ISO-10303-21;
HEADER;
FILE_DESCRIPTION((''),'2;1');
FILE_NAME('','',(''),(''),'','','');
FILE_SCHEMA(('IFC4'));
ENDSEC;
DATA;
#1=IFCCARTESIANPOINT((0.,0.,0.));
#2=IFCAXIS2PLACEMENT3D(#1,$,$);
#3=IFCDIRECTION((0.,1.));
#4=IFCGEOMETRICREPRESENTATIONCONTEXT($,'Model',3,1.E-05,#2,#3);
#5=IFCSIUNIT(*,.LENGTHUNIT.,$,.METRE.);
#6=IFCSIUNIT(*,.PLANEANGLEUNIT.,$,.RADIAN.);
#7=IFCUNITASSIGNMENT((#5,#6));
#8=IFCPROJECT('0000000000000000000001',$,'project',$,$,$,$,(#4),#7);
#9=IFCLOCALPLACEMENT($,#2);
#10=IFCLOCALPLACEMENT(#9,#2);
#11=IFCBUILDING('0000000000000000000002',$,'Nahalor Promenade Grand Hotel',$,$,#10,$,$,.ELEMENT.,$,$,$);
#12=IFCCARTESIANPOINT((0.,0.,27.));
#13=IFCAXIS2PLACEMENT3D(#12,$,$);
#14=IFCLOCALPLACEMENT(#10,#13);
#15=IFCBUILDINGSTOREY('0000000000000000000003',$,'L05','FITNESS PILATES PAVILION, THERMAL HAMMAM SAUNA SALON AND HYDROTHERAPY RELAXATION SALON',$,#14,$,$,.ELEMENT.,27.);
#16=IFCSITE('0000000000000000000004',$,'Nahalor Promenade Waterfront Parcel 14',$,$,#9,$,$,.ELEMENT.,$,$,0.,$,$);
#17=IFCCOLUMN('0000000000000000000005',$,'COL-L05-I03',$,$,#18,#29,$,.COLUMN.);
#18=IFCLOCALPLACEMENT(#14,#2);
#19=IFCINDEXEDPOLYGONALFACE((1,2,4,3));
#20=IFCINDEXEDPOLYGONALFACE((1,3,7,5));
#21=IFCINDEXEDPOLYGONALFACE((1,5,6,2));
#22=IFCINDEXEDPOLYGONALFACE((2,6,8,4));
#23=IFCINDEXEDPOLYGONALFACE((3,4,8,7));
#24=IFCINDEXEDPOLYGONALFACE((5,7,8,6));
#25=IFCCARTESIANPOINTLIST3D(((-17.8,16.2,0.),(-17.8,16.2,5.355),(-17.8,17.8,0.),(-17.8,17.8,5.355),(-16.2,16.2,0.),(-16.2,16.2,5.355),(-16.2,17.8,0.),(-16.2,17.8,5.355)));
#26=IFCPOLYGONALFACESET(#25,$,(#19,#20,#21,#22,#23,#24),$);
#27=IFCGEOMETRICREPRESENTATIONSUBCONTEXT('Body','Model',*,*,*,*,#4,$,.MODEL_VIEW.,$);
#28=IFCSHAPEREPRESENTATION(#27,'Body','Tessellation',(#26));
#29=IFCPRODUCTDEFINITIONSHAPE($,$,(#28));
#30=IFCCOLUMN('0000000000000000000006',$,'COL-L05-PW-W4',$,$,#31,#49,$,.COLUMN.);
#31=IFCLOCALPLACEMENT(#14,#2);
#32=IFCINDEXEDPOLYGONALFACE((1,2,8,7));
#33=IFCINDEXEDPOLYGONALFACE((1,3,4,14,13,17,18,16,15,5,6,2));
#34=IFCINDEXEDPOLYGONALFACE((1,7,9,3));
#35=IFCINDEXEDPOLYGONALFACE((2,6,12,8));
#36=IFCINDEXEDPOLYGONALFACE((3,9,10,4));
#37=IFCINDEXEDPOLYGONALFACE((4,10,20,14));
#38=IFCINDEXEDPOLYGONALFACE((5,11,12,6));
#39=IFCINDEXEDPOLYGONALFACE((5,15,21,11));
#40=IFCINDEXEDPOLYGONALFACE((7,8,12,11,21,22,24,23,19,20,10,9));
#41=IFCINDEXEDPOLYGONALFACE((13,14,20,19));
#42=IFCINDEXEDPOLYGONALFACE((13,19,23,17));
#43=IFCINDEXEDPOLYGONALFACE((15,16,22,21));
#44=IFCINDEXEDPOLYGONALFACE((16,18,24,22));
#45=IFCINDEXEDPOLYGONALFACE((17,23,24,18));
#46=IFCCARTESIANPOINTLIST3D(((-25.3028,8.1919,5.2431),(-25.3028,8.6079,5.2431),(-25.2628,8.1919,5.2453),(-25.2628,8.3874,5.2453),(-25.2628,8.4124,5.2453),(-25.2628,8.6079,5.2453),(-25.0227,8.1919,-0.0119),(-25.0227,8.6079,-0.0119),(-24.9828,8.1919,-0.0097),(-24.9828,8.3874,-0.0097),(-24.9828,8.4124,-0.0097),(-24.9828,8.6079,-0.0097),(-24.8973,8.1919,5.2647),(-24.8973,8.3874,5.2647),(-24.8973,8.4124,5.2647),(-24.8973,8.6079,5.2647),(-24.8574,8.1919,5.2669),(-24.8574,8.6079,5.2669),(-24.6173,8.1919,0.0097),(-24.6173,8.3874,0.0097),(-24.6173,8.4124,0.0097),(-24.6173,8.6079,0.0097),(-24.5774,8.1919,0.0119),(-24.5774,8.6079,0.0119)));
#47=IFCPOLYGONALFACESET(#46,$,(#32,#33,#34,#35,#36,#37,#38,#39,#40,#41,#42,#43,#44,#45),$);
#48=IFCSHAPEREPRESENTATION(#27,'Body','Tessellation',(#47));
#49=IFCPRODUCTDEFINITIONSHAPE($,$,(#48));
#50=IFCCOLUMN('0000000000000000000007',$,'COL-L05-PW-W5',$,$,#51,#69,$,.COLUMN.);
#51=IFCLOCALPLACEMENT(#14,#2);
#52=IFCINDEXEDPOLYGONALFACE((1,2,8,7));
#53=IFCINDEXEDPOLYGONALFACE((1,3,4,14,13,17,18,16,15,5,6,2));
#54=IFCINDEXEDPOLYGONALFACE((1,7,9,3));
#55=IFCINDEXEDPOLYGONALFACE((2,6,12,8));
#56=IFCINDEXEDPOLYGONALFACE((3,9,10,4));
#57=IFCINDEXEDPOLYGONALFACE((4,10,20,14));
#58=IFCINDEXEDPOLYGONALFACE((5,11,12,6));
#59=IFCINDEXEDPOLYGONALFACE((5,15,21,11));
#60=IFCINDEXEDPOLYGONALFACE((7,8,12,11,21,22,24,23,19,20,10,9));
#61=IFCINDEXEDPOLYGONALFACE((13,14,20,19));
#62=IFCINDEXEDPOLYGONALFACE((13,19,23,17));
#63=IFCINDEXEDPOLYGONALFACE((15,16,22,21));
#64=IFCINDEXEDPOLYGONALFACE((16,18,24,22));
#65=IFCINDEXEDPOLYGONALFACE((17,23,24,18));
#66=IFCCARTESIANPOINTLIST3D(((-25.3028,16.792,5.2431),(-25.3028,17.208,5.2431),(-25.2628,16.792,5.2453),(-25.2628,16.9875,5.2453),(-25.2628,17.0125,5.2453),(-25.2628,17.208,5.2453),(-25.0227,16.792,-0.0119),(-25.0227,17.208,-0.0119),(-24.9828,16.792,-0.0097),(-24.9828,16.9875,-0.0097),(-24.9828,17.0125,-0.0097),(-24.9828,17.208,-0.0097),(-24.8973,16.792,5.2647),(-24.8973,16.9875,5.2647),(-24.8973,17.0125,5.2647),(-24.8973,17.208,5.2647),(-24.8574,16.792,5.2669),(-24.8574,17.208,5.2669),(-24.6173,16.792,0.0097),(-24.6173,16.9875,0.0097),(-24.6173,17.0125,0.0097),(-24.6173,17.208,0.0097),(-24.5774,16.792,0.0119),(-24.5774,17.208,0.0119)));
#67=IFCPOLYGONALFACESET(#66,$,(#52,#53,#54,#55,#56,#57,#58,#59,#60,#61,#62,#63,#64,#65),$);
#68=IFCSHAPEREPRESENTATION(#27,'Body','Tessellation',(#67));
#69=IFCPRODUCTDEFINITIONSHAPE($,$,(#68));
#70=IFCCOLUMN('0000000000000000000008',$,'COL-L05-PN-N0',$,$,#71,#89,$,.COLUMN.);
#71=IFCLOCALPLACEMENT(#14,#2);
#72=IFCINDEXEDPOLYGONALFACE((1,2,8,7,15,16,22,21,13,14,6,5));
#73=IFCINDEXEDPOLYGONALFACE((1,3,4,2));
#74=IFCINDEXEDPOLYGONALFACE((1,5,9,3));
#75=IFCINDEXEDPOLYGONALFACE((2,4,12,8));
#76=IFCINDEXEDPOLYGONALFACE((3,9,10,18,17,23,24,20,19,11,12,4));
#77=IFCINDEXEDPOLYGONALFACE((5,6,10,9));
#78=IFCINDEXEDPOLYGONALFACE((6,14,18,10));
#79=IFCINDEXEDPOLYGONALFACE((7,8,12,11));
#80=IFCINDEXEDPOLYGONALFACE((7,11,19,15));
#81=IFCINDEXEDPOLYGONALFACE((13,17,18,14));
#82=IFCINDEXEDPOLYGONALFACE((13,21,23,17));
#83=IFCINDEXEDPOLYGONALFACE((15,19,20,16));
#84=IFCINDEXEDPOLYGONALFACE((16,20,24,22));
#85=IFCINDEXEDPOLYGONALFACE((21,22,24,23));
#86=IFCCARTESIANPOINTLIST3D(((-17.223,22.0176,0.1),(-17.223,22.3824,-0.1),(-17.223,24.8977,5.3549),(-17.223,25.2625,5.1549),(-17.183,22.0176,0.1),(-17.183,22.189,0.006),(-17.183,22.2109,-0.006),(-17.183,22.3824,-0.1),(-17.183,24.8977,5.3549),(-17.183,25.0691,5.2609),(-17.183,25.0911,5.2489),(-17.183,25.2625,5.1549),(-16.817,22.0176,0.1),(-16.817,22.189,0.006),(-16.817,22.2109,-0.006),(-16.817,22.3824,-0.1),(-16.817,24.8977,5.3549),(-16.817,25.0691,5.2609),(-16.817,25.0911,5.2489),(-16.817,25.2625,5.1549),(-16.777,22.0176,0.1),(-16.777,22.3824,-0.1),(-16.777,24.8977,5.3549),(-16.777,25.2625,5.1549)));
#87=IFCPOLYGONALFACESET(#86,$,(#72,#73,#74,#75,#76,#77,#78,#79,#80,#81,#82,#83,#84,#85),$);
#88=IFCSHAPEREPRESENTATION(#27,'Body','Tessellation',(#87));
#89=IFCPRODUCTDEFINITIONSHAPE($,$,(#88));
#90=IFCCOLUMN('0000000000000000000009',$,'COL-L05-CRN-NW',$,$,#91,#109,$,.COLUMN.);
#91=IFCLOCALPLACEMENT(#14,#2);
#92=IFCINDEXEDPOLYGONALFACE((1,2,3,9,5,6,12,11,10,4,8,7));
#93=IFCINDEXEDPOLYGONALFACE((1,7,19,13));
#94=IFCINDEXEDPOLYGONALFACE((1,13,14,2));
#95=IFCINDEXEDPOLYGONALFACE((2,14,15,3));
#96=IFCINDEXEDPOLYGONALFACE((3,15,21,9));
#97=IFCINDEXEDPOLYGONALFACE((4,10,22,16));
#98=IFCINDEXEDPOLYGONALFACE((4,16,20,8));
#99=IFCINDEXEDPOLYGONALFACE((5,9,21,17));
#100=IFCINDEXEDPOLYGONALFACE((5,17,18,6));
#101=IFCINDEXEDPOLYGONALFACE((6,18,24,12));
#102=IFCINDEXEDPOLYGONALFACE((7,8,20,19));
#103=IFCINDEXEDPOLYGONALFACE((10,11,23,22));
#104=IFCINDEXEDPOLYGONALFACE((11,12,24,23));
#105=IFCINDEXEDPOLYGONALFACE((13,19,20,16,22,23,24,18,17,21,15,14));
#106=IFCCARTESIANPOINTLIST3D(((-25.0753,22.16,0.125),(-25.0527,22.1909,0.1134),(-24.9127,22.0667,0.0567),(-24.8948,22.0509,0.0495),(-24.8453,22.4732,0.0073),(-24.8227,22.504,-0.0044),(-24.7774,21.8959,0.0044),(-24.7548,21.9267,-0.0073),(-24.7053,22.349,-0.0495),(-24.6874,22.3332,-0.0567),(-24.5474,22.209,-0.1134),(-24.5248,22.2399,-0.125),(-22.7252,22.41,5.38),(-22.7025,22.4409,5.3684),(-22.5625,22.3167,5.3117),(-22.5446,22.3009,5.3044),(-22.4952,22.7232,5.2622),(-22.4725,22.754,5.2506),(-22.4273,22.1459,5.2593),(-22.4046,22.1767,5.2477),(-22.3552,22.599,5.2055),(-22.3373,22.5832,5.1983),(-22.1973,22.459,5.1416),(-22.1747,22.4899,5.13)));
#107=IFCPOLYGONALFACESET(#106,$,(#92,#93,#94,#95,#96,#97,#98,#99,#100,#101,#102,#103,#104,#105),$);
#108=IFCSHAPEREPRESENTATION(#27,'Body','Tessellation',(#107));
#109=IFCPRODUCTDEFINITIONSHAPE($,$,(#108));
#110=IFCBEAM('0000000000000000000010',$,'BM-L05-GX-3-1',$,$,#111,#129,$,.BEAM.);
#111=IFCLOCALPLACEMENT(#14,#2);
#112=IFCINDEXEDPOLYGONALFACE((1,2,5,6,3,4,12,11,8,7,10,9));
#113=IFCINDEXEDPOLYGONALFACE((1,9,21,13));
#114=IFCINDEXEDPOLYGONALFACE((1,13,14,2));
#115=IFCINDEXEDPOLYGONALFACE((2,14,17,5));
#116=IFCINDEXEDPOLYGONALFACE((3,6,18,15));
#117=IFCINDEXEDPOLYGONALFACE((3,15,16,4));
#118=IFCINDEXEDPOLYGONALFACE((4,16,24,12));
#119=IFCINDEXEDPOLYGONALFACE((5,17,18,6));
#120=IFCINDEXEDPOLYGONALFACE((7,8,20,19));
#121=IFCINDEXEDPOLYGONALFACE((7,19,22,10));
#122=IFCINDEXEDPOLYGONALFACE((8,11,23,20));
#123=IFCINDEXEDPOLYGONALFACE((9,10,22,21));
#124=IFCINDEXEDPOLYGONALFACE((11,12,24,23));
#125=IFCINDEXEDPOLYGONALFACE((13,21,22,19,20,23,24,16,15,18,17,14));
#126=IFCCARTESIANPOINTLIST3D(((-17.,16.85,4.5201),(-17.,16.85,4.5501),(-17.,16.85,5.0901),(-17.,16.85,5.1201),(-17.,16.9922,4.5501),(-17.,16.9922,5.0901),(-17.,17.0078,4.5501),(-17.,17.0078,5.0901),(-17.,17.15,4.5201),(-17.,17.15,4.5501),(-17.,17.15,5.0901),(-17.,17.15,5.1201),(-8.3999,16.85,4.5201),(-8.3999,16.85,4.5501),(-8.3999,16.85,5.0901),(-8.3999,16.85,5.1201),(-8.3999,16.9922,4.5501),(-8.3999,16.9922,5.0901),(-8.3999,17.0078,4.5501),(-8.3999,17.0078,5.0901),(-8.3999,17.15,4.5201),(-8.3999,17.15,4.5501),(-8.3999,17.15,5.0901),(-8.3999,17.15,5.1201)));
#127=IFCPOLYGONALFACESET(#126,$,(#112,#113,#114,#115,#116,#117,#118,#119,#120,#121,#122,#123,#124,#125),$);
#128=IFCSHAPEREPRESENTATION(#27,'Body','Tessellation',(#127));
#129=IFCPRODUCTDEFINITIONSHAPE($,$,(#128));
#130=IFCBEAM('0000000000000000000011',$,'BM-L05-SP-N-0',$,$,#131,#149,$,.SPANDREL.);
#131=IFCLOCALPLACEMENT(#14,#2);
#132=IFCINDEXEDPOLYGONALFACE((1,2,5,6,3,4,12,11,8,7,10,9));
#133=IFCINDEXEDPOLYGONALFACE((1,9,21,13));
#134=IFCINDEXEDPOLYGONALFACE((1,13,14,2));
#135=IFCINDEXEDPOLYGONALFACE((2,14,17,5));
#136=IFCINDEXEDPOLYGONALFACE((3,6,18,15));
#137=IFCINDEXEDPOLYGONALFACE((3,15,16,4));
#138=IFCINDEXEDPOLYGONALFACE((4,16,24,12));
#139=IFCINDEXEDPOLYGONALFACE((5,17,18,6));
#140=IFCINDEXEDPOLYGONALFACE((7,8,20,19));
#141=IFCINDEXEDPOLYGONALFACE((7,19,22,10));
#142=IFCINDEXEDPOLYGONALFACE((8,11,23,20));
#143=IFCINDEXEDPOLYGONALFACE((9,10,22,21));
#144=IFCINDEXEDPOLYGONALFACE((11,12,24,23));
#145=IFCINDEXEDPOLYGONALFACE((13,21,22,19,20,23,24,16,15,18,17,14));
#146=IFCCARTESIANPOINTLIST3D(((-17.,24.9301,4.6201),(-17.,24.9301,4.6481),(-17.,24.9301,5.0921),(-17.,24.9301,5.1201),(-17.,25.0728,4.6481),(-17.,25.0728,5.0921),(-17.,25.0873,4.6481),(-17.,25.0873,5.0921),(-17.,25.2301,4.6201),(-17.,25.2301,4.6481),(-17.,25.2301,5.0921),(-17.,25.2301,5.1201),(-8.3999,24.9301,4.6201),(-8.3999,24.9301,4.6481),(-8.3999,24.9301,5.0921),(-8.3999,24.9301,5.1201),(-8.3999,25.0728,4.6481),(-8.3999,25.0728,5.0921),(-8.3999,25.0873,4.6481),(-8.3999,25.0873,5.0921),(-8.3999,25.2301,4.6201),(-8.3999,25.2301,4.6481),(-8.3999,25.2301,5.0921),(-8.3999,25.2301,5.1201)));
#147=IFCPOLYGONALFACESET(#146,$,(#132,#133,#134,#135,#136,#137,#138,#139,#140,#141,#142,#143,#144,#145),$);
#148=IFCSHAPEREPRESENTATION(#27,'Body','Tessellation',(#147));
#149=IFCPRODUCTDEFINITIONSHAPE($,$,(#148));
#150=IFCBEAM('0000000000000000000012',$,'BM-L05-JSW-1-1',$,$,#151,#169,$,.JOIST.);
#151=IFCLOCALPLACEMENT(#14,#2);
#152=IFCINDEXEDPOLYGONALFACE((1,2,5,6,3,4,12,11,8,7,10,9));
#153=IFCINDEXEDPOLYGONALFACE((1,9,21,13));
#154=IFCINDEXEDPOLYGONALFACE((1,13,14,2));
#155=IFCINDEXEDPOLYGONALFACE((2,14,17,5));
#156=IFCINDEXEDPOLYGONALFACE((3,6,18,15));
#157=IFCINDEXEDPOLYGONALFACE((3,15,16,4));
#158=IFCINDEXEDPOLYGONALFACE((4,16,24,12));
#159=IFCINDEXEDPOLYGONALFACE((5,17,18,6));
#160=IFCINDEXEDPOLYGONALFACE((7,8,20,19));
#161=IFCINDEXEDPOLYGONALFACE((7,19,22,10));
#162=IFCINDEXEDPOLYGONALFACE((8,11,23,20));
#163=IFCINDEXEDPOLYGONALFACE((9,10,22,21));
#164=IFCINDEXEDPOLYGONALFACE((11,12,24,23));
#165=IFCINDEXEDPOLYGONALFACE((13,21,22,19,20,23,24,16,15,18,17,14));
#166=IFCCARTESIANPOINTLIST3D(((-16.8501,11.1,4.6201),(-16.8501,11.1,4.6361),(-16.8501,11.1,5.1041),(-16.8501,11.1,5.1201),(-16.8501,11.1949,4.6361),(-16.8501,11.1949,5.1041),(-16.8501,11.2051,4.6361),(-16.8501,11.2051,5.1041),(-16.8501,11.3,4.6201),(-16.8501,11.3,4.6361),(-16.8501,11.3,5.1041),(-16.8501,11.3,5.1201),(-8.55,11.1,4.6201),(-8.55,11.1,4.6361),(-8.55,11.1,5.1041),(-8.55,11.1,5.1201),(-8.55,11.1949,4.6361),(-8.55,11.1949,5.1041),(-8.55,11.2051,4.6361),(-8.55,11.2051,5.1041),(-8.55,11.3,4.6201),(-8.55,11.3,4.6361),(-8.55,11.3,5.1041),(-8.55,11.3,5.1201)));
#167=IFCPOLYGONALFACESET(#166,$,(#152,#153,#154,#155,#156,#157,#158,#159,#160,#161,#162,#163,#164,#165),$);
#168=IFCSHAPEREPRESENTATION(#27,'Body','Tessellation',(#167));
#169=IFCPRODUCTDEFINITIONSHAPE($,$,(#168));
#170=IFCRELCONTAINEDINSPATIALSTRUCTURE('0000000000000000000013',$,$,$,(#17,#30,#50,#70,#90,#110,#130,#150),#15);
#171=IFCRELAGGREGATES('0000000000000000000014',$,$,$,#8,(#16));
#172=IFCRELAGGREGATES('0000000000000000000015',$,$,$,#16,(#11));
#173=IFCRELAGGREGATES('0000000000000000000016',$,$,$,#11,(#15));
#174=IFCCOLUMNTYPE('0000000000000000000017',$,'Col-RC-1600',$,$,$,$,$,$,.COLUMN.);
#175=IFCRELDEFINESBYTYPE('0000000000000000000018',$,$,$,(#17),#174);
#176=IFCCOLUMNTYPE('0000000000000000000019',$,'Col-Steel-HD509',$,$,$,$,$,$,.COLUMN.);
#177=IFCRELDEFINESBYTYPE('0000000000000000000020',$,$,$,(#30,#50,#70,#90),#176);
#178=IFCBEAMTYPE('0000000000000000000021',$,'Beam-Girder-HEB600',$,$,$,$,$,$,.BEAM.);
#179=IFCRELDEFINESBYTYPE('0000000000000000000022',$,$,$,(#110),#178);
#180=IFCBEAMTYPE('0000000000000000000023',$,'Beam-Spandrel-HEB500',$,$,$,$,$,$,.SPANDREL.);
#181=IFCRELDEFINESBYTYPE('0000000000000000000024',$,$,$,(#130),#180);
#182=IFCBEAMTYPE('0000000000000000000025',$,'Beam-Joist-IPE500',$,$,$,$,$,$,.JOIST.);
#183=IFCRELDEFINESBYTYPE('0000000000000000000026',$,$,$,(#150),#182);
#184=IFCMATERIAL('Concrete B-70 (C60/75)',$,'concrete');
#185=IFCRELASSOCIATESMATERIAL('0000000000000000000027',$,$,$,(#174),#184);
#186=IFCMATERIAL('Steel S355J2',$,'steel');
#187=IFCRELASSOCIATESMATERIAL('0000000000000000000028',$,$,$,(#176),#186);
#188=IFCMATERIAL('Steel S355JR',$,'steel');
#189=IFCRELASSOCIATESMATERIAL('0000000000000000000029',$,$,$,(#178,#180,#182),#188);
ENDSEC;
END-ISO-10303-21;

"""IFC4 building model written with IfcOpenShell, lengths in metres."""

from ifc_helpers import new_model, si_unit, direction, frame, origin, origin_2d, place, context, subcontext, project, spatial, rectangle, i_section, extrude, source, transform, mapped, material, material_profile, profile_set, type_object, element, save


model = new_model("IFC4")

# Units and contexts
model_context = context("Model", 3, precision=1e-05, world=origin(), true_north=direction((0.0, 1.0)))
body_context = subcontext(model_context, "Body", "Model", "MODEL_VIEW")
ifc_project = project(units=[si_unit("LENGTHUNIT", "METRE"), si_unit("PLANEANGLEUNIT", "RADIAN")], contexts=[model_context])

# Site, building, storey
site_placement = place(None, origin())
site = spatial("IfcSite", under=ifc_project, at=site_placement, Name="Nahalor Promenade Waterfront Parcel 14", CompositionType="ELEMENT", RefElevation=0.0)
building_placement = place(site_placement, origin())
building = spatial("IfcBuilding", under=site, at=building_placement, Name="Nahalor Promenade Grand Hotel", CompositionType="ELEMENT")
storey_placement = place(building_placement, frame((0.0, 0.0, 27.0)))
storey = spatial("IfcBuildingStorey", under=building, at=storey_placement, Name="L05", Description="FITNESS PILATES PAVILION, THERMAL HAMMAM SAUNA SALON AND HYDROTHERAPY RELAXATION SALON", CompositionType="ELEMENT", Elevation=27.0)

# Columns
ifc_material_1 = material(Name="Concrete B-70 (C60/75)", Category="concrete")
ifc_material_profile_1 = material_profile(ifc_material_1, rectangle(XDim=1.6, YDim=1.6, at=origin_2d()), Name="RC 1600x1600")
ifc_profile_set_1 = profile_set([ifc_material_profile_1], Name="Concrete B-70 (C60/75)")
column_type_1 = type_object("IfcColumnType", Name="Col-RC-1600", PredefinedType="COLUMN", material=ifc_profile_set_1)
shared_shape_1 = source(origin(), body_context, "Body", "SweptSolid", [
    extrude(rectangle(XDim=1.6, YDim=1.6, at=origin_2d()), origin(), (0.0, 0.0, 1.0), 5.355),
])
column_1_placement = place(storey_placement, frame((-17.0, 17.0, 0.0), z_axis=(0.0, 0.0, 1.0), x_axis=(1.0, 0.0, 0.0)))
element("IfcColumn", 1, at=column_1_placement, inside=storey, type_object=column_type_1, Name="COL-L05-I03", PredefinedType="COLUMN", context=body_context, shape_type="MappedRepresentation", body=[
    mapped(shared_shape_1, transform((0.0, 0.0, 0.0), scale=1.0)),
])
ifc_material_2 = material(Name="Steel S355J2", Category="steel")
ifc_material_profile_2 = material_profile(ifc_material_2, i_section(OverallWidth=0.416, OverallDepth=0.446, WebThickness=0.025, FlangeThickness=0.04, at=origin_2d()), Name="HD 400x509")
ifc_profile_set_2 = profile_set([ifc_material_profile_2], Name="Steel S355J2")
column_type_2 = type_object("IfcColumnType", Name="Col-Steel-HD509", PredefinedType="COLUMN", material=ifc_profile_set_2)
shared_shape_2 = source(origin(), body_context, "Body", "SweptSolid", [
    extrude(i_section(OverallWidth=0.416, OverallDepth=0.446, WebThickness=0.025, FlangeThickness=0.04, at=origin_2d()), origin(), (0.0, 0.0, 1.0), 5.2625),
])
for number, where, z_axis, x_axis, name in (
    (2, (-24.8, 8.3999, 0.0), (-0.053214, 0.0, 0.998583), (0.0, -1.0, 0.0), "COL-L05-PW-W4"),
    (3, (-24.8, 17.0, 0.0), (-0.053214, 0.0, 0.998583), (0.0, -1.0, 0.0), "COL-L05-PW-W5"),
):
    element("IfcColumn", number, at=place(storey_placement, frame(where, z_axis=z_axis, x_axis=x_axis)), inside=storey, type_object=column_type_2, Name=name, PredefinedType="COLUMN", context=body_context, shape_type="MappedRepresentation", body=[
        mapped(shared_shape_2, transform((0.0, 0.0, 0.0), scale=1.0)),
    ])
shared_shape_3 = source(origin(), body_context, "Body", "SweptSolid", [
    extrude(i_section(OverallWidth=0.416, OverallDepth=0.446, WebThickness=0.025, FlangeThickness=0.04, at=origin_2d()), origin(), (0.0, 0.0, 1.0), 5.9924),
])
column_2_placement = place(storey_placement, frame((-17.0, 22.2, 0.0), z_axis=(0.0, 0.48063, 0.876924), x_axis=(0.0, -0.876924, 0.48063)))
element("IfcColumn", 4, at=column_2_placement, inside=storey, type_object=column_type_2, Name="COL-L05-PN-N0", PredefinedType="COLUMN", context=body_context, shape_type="MappedRepresentation", body=[
    mapped(shared_shape_3, transform((0.0, 0.0, 0.0), scale=1.0)),
])
shared_shape_4 = source(origin(), body_context, "Body", "SweptSolid", [
    extrude(i_section(OverallWidth=0.416, OverallDepth=0.446, WebThickness=0.025, FlangeThickness=0.04, at=origin_2d()), origin(), (0.0, 0.0, 1.0), 5.762),
])
column_3_placement = place(storey_placement, frame((-24.8, 22.2, 0.0), z_axis=(0.40787, 0.043389, 0.912008), x_axis=(-0.716068, 0.634922, 0.290035)))
element("IfcColumn", 5, at=column_3_placement, inside=storey, type_object=column_type_2, Name="COL-L05-CRN-NW", PredefinedType="COLUMN", context=body_context, shape_type="MappedRepresentation", body=[
    mapped(shared_shape_4, transform((0.0, 0.0, 0.0), scale=1.0)),
])

# Beams
ifc_material_3 = material(Name="Steel S355JR", Category="steel")
ifc_material_profile_3 = material_profile(ifc_material_3, i_section(OverallWidth=0.3, OverallDepth=0.6, WebThickness=0.0155, FlangeThickness=0.03, at=origin_2d()), Name="HEB 600")
ifc_profile_set_3 = profile_set([ifc_material_profile_3], Name="Steel S355JR")
beam_type_1 = type_object("IfcBeamType", Name="Beam-Girder-HEB600", PredefinedType="BEAM", material=ifc_profile_set_3)
shared_shape_5 = source(origin(), body_context, "Body", "SweptSolid", [
    extrude(i_section(OverallWidth=0.3, OverallDepth=0.6, WebThickness=0.0155, FlangeThickness=0.03, at=origin_2d()), origin(), (0.0, 0.0, 1.0), 8.6001),
])
beam_1_placement = place(storey_placement, frame((-17.0, 17.0, 4.8201), z_axis=(1.0, 0.0, 0.0), x_axis=(0.0, 1.0, 0.0)))
element("IfcBeam", 6, at=beam_1_placement, inside=storey, type_object=beam_type_1, Name="BM-L05-GX-3-1", PredefinedType="BEAM", context=body_context, shape_type="MappedRepresentation", body=[
    mapped(shared_shape_5, transform((0.0, 0.0, 0.0), scale=1.0)),
])
ifc_material_profile_4 = material_profile(ifc_material_3, i_section(OverallWidth=0.3, OverallDepth=0.5, WebThickness=0.0145, FlangeThickness=0.028, at=origin_2d()), Name="HEB 500")
ifc_profile_set_4 = profile_set([ifc_material_profile_4], Name="Steel S355JR")
beam_type_2 = type_object("IfcBeamType", Name="Beam-Spandrel-HEB500", PredefinedType="SPANDREL", material=ifc_profile_set_4)
shared_shape_6 = source(origin(), body_context, "Body", "SweptSolid", [
    extrude(i_section(OverallWidth=0.3, OverallDepth=0.5, WebThickness=0.0145, FlangeThickness=0.028, at=origin_2d()), origin(), (0.0, 0.0, 1.0), 8.6001),
])
beam_2_placement = place(storey_placement, frame((-17.0, 25.0801, 4.8701), z_axis=(1.0, 0.0, 0.0), x_axis=(0.0, 1.0, 0.0)))
element("IfcBeam", 7, at=beam_2_placement, inside=storey, type_object=beam_type_2, Name="BM-L05-SP-N-0", PredefinedType="SPANDREL", context=body_context, shape_type="MappedRepresentation", body=[
    mapped(shared_shape_6, transform((0.0, 0.0, 0.0), scale=1.0)),
])
ifc_material_profile_5 = material_profile(ifc_material_3, i_section(OverallWidth=0.2, OverallDepth=0.5, WebThickness=0.0102, FlangeThickness=0.016, at=origin_2d()), Name="IPE 500")
ifc_profile_set_5 = profile_set([ifc_material_profile_5], Name="Steel S355JR")
beam_type_3 = type_object("IfcBeamType", Name="Beam-Joist-IPE500", PredefinedType="JOIST", material=ifc_profile_set_5)
shared_shape_7 = source(origin(), body_context, "Body", "SweptSolid", [
    extrude(i_section(OverallWidth=0.2, OverallDepth=0.5, WebThickness=0.0102, FlangeThickness=0.016, at=origin_2d()), origin(), (0.0, 0.0, 1.0), 8.3),
])
beam_3_placement = place(storey_placement, frame((-16.8501, 11.2, 4.8701), z_axis=(1.0, 0.0, 0.0), x_axis=(0.0, 1.0, 0.0)))
element("IfcBeam", 8, at=beam_3_placement, inside=storey, type_object=beam_type_3, Name="BM-L05-JSW-1-1", PredefinedType="JOIST", context=body_context, shape_type="MappedRepresentation", body=[
    mapped(shared_shape_7, transform((0.0, 0.0, 0.0), scale=1.0)),
])

save(model, "model.ifc")
